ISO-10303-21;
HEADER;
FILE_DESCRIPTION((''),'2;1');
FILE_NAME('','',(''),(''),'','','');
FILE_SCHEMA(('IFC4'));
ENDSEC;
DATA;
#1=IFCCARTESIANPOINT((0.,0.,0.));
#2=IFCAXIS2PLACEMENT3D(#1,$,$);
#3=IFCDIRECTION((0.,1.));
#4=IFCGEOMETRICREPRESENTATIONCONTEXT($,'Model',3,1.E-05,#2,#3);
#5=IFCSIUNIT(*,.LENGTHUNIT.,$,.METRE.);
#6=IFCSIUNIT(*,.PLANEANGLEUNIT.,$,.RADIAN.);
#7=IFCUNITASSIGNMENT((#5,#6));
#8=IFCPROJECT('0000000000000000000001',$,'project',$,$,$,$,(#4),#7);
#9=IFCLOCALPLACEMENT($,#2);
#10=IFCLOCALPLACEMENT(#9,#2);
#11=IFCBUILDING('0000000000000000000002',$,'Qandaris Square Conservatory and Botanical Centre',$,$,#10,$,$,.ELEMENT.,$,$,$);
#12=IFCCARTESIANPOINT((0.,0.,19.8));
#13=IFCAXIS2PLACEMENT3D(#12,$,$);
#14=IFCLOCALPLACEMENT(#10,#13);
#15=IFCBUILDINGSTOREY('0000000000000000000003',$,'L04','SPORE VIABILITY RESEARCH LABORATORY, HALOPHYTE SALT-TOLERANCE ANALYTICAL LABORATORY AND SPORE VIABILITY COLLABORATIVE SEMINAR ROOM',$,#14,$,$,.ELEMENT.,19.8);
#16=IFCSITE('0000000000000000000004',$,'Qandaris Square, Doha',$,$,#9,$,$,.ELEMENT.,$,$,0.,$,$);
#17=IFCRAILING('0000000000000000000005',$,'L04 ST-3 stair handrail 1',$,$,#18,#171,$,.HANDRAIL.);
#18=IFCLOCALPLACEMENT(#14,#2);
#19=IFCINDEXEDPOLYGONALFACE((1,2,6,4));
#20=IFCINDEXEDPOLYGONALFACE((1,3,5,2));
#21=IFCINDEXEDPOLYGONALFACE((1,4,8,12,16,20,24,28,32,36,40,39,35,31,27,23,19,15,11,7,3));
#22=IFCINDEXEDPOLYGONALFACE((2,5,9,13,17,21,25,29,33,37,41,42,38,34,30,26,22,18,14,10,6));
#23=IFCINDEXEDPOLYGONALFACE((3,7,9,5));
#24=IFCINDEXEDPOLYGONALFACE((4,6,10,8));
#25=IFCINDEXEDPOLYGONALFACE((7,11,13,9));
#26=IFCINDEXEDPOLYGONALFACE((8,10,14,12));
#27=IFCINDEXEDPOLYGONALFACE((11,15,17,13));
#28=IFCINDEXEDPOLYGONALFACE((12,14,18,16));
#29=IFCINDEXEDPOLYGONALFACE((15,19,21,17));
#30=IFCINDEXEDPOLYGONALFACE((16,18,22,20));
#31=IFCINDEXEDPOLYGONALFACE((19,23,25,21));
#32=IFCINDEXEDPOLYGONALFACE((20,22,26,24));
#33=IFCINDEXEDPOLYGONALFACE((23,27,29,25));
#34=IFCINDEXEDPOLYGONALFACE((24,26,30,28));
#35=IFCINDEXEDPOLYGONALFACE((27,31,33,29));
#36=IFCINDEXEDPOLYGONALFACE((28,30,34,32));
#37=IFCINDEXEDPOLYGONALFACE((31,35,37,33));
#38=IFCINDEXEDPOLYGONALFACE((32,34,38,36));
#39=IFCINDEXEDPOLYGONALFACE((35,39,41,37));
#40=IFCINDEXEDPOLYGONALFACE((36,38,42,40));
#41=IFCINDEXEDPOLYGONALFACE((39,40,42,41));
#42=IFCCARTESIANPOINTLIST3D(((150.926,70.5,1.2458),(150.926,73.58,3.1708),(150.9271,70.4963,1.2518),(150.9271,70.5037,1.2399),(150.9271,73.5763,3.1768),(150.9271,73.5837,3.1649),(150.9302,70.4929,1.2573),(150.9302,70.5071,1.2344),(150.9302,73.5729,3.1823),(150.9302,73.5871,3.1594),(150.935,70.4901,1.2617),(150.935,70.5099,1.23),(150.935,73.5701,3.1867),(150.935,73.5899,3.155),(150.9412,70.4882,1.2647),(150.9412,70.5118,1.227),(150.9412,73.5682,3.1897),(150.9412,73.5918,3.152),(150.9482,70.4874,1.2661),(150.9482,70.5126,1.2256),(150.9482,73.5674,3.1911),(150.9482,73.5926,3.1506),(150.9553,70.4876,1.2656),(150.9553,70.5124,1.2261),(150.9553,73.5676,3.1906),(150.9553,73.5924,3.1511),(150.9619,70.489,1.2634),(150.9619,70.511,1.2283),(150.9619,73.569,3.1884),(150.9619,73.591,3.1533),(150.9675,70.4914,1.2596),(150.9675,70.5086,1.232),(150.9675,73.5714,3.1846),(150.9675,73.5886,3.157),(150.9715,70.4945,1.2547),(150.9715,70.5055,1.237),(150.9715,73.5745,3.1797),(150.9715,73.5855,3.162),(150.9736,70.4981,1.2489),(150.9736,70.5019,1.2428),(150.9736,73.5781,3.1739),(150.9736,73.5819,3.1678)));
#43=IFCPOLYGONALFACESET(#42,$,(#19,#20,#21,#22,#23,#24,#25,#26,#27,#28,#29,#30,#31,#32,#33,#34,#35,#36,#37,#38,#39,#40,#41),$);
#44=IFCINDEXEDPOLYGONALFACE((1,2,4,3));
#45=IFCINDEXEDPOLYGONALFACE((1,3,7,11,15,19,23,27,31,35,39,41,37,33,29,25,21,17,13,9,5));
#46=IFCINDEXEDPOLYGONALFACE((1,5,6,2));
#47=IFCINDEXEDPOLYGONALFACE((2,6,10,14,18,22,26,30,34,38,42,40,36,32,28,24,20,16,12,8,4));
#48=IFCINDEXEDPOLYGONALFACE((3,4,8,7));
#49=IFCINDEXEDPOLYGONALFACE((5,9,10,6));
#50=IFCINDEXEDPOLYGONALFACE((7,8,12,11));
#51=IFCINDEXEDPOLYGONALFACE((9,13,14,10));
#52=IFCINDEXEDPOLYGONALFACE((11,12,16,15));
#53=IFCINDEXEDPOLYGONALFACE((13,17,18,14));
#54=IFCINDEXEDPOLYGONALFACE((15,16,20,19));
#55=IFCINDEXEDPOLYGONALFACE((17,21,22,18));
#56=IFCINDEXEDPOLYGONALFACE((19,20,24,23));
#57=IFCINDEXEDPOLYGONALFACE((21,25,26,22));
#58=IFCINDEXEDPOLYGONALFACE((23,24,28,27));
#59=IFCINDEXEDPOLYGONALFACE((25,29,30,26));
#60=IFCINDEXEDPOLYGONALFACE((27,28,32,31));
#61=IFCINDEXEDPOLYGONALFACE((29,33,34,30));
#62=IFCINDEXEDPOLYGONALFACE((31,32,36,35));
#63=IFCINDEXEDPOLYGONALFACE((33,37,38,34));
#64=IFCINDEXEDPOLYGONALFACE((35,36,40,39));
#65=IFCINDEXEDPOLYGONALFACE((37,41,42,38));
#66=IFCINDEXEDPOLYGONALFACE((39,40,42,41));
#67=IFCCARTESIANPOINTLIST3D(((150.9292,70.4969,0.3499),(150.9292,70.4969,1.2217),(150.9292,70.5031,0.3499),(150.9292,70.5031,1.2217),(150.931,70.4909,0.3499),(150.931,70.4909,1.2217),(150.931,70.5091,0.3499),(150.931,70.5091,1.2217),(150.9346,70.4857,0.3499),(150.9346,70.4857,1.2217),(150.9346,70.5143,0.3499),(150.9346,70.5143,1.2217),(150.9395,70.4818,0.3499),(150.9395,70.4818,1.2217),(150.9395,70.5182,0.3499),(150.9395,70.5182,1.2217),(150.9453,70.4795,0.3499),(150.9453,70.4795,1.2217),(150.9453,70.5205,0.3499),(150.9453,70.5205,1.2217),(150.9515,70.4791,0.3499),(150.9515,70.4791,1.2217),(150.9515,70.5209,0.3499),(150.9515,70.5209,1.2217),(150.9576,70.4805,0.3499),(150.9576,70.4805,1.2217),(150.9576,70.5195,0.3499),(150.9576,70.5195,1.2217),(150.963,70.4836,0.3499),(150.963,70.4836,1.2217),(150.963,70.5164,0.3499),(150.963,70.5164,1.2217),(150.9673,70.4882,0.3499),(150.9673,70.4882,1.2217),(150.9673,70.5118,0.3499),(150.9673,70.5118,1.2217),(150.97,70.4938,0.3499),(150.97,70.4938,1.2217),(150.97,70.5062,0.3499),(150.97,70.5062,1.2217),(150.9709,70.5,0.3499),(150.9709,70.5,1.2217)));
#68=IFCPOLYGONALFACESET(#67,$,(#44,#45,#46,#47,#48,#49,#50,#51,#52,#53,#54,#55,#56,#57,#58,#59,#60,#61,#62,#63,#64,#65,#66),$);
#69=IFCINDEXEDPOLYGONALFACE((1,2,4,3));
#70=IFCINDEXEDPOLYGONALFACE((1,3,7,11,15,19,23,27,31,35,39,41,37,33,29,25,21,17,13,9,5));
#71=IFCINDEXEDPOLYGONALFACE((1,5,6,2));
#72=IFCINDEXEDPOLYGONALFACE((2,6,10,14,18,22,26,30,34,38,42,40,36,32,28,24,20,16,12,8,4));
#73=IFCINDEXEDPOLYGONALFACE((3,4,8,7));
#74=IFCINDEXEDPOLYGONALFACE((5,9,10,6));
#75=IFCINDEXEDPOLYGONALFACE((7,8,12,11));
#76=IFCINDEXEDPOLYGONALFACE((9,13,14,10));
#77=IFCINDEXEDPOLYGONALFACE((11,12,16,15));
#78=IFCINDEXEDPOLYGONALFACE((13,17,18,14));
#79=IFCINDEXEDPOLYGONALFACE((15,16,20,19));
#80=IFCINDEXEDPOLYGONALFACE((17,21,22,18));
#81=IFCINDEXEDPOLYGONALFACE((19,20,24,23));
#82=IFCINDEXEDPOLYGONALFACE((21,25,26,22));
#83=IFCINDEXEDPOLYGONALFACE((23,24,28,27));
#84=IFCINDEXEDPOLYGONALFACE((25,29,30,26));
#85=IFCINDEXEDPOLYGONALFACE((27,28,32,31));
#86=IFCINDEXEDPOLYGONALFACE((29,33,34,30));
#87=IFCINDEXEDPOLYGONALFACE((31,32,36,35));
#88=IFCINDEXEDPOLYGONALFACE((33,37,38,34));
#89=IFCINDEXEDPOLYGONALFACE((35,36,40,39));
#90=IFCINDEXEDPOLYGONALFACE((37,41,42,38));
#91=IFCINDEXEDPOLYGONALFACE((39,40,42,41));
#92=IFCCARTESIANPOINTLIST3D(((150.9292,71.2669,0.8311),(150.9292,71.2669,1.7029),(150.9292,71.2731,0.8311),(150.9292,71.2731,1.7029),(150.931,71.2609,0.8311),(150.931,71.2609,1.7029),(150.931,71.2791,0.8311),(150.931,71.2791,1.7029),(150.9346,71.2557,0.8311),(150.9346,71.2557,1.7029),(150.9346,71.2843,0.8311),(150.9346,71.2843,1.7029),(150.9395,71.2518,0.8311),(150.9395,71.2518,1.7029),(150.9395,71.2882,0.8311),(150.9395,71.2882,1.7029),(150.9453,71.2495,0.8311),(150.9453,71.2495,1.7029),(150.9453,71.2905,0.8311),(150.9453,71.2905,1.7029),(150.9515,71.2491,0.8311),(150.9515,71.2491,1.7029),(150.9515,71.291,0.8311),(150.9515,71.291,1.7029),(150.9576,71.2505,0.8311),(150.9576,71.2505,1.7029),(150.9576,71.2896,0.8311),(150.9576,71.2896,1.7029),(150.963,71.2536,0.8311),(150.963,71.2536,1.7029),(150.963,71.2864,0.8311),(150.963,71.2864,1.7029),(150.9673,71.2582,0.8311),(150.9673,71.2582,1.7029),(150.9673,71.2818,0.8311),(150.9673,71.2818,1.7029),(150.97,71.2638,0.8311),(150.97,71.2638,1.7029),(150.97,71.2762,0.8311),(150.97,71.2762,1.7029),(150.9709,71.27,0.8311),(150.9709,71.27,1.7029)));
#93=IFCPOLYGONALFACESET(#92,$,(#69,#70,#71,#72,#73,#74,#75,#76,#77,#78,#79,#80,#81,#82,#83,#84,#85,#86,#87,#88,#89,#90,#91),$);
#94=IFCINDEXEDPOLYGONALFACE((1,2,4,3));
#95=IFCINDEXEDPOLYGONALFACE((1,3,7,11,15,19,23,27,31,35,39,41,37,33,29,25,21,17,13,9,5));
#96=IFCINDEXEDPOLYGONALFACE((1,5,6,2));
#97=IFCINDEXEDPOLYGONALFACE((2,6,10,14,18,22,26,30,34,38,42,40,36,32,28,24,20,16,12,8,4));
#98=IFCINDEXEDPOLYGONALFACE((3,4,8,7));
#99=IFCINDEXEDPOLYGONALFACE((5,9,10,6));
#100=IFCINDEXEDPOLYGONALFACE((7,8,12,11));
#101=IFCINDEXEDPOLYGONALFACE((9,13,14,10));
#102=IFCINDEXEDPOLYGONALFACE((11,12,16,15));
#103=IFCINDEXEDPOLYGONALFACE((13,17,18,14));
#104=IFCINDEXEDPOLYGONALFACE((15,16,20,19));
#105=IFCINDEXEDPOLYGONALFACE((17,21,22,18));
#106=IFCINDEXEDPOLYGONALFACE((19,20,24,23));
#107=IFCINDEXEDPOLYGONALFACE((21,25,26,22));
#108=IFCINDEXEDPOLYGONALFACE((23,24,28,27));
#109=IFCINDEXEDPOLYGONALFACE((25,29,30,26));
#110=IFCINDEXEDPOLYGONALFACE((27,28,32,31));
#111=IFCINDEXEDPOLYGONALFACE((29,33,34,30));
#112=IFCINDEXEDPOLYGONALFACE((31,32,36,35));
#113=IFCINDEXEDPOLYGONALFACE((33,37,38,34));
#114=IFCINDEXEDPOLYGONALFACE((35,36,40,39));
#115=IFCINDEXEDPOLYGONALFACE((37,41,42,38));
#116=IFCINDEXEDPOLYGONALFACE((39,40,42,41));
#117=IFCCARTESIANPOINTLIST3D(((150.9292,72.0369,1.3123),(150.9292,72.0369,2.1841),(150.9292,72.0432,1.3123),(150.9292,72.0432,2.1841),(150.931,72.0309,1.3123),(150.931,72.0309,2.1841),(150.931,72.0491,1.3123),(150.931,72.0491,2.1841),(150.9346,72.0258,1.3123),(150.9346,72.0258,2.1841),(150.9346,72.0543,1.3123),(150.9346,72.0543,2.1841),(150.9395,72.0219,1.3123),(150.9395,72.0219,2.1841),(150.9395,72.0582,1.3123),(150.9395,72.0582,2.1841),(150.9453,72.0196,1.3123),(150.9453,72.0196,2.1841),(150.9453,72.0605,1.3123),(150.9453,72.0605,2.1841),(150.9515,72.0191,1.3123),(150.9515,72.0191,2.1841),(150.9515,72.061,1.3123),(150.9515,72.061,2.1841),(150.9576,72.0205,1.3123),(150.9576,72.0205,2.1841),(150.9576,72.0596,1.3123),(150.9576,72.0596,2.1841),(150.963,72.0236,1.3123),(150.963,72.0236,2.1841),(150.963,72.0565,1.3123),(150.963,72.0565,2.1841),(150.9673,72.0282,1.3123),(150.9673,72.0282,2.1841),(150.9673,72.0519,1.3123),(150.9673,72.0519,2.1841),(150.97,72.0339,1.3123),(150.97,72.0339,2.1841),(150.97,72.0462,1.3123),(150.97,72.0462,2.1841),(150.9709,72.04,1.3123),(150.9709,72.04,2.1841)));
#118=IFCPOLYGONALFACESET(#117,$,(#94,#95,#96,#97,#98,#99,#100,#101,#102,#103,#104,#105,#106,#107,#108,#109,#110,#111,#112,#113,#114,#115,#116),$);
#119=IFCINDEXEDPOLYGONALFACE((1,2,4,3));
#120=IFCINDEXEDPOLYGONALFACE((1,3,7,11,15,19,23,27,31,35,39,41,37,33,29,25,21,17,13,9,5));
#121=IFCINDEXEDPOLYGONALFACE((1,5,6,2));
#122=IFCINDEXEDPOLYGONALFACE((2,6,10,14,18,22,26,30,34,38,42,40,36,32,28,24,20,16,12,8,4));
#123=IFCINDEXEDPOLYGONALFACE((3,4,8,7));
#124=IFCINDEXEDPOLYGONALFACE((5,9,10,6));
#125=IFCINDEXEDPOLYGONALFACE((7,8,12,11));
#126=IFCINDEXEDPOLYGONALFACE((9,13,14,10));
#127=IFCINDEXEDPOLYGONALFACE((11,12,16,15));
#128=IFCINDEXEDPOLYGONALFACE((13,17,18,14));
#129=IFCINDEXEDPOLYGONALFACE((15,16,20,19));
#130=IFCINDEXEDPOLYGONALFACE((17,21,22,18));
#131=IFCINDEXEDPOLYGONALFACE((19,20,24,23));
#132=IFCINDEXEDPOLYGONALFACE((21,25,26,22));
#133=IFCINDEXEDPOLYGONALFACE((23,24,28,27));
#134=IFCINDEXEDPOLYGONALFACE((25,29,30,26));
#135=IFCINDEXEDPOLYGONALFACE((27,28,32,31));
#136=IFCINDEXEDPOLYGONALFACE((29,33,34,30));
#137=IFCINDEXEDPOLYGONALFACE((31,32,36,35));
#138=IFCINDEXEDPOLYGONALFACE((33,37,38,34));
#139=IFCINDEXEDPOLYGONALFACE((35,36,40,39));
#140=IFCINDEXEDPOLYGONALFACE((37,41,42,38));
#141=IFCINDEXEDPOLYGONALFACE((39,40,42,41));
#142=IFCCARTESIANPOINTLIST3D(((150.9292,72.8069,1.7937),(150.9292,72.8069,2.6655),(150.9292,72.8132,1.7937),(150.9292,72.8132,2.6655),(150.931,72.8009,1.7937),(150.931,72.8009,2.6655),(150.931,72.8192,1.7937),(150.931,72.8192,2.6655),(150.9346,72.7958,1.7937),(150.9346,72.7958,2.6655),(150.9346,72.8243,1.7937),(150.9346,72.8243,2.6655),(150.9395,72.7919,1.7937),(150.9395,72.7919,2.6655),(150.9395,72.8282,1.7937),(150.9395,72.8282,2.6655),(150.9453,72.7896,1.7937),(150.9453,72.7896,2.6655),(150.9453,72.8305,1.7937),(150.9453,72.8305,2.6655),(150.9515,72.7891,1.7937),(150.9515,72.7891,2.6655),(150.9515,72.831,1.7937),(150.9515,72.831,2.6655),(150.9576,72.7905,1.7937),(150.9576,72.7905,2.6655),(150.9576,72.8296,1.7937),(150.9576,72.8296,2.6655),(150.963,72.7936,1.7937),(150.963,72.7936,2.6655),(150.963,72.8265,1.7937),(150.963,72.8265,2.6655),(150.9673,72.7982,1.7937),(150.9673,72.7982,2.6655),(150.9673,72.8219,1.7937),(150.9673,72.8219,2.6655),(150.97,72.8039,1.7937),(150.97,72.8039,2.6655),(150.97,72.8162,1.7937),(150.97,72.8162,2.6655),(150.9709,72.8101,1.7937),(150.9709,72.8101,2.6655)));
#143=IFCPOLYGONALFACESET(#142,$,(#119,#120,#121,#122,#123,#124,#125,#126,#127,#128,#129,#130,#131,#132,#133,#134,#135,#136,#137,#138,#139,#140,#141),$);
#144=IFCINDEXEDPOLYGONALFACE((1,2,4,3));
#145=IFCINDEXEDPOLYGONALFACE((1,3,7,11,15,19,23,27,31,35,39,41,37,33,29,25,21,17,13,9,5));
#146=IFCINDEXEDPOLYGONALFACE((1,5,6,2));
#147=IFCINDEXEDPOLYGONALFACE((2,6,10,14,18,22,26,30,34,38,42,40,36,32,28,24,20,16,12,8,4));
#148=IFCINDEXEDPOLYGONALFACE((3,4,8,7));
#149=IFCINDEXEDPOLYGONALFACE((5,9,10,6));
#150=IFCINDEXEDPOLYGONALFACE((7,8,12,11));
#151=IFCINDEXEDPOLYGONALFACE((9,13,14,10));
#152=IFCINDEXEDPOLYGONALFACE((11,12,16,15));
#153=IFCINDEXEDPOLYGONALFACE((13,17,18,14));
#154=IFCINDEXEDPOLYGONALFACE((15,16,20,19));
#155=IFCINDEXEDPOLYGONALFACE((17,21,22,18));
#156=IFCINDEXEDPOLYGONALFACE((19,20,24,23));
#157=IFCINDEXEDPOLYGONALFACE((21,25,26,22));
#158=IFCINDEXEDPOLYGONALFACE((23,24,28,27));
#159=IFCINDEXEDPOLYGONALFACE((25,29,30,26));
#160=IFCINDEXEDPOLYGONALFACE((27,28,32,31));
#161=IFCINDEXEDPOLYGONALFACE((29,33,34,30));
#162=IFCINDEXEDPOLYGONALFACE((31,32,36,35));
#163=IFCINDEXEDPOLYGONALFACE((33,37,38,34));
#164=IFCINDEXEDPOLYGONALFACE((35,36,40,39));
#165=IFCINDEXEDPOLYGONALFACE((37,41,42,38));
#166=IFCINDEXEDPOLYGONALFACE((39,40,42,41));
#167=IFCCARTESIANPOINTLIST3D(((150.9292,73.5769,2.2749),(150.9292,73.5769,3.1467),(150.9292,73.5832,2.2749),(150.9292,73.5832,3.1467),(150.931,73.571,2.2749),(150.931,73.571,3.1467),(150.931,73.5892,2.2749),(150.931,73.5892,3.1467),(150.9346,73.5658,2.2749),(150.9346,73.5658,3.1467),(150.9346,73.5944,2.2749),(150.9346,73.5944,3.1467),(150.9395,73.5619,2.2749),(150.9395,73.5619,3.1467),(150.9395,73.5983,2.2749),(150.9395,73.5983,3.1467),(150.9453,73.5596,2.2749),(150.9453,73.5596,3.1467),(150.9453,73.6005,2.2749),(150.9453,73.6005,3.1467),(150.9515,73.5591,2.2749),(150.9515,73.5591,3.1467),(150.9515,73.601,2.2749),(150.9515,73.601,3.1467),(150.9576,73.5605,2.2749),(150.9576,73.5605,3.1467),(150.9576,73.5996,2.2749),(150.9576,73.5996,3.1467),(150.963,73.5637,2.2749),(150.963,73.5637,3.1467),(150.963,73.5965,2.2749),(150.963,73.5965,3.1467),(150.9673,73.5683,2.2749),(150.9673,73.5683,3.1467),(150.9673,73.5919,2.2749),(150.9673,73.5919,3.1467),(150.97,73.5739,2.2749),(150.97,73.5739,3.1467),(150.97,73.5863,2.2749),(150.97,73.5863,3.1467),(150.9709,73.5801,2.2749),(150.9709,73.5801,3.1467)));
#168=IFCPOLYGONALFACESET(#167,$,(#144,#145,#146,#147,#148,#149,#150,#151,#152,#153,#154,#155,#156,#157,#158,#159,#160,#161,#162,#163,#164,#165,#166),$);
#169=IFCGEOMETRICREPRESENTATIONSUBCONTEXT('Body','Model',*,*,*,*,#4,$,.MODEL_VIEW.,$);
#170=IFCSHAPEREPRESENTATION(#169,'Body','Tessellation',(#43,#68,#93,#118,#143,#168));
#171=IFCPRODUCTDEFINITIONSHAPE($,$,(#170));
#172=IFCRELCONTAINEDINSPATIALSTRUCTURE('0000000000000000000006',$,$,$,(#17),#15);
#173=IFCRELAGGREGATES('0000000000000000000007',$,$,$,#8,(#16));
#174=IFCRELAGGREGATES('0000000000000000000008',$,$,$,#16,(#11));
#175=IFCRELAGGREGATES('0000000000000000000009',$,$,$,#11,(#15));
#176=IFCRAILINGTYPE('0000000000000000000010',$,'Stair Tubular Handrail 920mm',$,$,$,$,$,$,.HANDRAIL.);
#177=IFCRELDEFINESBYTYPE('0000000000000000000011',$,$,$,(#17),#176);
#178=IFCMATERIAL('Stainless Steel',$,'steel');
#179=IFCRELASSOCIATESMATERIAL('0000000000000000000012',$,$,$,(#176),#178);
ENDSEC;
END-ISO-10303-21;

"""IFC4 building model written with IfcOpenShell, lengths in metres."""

from ifc_helpers import new_model, si_unit, direction, frame, origin, origin_2d, place, context, subcontext, project, spatial, circle, extrude, material, type_object, element, save


model = new_model("IFC4")

# Units and contexts
model_context = context("Model", 3, precision=1e-05, world=origin(), true_north=direction((0.0, 1.0)))
body_context = subcontext(model_context, "Body", "Model", "MODEL_VIEW")
ifc_project = project(units=[si_unit("LENGTHUNIT", "METRE"), si_unit("PLANEANGLEUNIT", "RADIAN")], contexts=[model_context])

# Site, building, storey
site_placement = place(None, origin())
site = spatial("IfcSite", under=ifc_project, at=site_placement, Name="Qandaris Square, Doha", CompositionType="ELEMENT", RefElevation=0.0)
building_placement = place(site_placement, origin())
building = spatial("IfcBuilding", under=site, at=building_placement, Name="Qandaris Square Conservatory and Botanical Centre", CompositionType="ELEMENT")
storey_placement = place(building_placement, frame((0.0, 0.0, 19.8)))
storey = spatial("IfcBuildingStorey", under=building, at=storey_placement, Name="L04", Description="SPORE VIABILITY RESEARCH LABORATORY, HALOPHYTE SALT-TOLERANCE ANALYTICAL LABORATORY AND SPORE VIABILITY COLLABORATIVE SEMINAR ROOM", CompositionType="ELEMENT", Elevation=19.8)

# Railing
ifc_material_1 = material(Name="Stainless Steel", Category="steel")
railing_type_1 = type_object("IfcRailingType", Name="Stair Tubular Handrail 920mm", PredefinedType="HANDRAIL", material=ifc_material_1)
railing_1_placement = place(storey_placement, frame((150.95, 70.5, 0.3499)))
element("IfcRailing", 1, at=railing_1_placement, inside=storey, type_object=railing_type_1, Name="L04 ST-3 stair handrail 1", PredefinedType="HANDRAIL", context=body_context, shape_type="SweptSolid", body=[
    extrude(circle(Radius=0.0239, at=origin_2d()), frame((0.0, 0.0, 0.896), z_axis=(0.0, 0.847998, 0.529999), x_axis=(-1.0, 0.0, 0.0)), (0.0, 0.0, 1.0), 3.6321),
    extrude(circle(Radius=0.021, at=origin_2d()), origin(), (0.0, 0.0, 1.0), 0.8718),
    extrude(circle(Radius=0.021, at=origin_2d()), frame((0.0, 0.77, 0.4812)), (0.0, 0.0, 1.0), 0.8718),
    extrude(circle(Radius=0.021, at=origin_2d()), frame((0.0, 1.54, 0.9624)), (0.0, 0.0, 1.0), 0.8718),
    extrude(circle(Radius=0.021, at=origin_2d()), frame((0.0, 2.3101, 1.4438)), (0.0, 0.0, 1.0), 0.8718),
    extrude(circle(Radius=0.021, at=origin_2d()), frame((0.0, 3.0801, 1.925)), (0.0, 0.0, 1.0), 0.8718),
])

save(model, "model.ifc")
